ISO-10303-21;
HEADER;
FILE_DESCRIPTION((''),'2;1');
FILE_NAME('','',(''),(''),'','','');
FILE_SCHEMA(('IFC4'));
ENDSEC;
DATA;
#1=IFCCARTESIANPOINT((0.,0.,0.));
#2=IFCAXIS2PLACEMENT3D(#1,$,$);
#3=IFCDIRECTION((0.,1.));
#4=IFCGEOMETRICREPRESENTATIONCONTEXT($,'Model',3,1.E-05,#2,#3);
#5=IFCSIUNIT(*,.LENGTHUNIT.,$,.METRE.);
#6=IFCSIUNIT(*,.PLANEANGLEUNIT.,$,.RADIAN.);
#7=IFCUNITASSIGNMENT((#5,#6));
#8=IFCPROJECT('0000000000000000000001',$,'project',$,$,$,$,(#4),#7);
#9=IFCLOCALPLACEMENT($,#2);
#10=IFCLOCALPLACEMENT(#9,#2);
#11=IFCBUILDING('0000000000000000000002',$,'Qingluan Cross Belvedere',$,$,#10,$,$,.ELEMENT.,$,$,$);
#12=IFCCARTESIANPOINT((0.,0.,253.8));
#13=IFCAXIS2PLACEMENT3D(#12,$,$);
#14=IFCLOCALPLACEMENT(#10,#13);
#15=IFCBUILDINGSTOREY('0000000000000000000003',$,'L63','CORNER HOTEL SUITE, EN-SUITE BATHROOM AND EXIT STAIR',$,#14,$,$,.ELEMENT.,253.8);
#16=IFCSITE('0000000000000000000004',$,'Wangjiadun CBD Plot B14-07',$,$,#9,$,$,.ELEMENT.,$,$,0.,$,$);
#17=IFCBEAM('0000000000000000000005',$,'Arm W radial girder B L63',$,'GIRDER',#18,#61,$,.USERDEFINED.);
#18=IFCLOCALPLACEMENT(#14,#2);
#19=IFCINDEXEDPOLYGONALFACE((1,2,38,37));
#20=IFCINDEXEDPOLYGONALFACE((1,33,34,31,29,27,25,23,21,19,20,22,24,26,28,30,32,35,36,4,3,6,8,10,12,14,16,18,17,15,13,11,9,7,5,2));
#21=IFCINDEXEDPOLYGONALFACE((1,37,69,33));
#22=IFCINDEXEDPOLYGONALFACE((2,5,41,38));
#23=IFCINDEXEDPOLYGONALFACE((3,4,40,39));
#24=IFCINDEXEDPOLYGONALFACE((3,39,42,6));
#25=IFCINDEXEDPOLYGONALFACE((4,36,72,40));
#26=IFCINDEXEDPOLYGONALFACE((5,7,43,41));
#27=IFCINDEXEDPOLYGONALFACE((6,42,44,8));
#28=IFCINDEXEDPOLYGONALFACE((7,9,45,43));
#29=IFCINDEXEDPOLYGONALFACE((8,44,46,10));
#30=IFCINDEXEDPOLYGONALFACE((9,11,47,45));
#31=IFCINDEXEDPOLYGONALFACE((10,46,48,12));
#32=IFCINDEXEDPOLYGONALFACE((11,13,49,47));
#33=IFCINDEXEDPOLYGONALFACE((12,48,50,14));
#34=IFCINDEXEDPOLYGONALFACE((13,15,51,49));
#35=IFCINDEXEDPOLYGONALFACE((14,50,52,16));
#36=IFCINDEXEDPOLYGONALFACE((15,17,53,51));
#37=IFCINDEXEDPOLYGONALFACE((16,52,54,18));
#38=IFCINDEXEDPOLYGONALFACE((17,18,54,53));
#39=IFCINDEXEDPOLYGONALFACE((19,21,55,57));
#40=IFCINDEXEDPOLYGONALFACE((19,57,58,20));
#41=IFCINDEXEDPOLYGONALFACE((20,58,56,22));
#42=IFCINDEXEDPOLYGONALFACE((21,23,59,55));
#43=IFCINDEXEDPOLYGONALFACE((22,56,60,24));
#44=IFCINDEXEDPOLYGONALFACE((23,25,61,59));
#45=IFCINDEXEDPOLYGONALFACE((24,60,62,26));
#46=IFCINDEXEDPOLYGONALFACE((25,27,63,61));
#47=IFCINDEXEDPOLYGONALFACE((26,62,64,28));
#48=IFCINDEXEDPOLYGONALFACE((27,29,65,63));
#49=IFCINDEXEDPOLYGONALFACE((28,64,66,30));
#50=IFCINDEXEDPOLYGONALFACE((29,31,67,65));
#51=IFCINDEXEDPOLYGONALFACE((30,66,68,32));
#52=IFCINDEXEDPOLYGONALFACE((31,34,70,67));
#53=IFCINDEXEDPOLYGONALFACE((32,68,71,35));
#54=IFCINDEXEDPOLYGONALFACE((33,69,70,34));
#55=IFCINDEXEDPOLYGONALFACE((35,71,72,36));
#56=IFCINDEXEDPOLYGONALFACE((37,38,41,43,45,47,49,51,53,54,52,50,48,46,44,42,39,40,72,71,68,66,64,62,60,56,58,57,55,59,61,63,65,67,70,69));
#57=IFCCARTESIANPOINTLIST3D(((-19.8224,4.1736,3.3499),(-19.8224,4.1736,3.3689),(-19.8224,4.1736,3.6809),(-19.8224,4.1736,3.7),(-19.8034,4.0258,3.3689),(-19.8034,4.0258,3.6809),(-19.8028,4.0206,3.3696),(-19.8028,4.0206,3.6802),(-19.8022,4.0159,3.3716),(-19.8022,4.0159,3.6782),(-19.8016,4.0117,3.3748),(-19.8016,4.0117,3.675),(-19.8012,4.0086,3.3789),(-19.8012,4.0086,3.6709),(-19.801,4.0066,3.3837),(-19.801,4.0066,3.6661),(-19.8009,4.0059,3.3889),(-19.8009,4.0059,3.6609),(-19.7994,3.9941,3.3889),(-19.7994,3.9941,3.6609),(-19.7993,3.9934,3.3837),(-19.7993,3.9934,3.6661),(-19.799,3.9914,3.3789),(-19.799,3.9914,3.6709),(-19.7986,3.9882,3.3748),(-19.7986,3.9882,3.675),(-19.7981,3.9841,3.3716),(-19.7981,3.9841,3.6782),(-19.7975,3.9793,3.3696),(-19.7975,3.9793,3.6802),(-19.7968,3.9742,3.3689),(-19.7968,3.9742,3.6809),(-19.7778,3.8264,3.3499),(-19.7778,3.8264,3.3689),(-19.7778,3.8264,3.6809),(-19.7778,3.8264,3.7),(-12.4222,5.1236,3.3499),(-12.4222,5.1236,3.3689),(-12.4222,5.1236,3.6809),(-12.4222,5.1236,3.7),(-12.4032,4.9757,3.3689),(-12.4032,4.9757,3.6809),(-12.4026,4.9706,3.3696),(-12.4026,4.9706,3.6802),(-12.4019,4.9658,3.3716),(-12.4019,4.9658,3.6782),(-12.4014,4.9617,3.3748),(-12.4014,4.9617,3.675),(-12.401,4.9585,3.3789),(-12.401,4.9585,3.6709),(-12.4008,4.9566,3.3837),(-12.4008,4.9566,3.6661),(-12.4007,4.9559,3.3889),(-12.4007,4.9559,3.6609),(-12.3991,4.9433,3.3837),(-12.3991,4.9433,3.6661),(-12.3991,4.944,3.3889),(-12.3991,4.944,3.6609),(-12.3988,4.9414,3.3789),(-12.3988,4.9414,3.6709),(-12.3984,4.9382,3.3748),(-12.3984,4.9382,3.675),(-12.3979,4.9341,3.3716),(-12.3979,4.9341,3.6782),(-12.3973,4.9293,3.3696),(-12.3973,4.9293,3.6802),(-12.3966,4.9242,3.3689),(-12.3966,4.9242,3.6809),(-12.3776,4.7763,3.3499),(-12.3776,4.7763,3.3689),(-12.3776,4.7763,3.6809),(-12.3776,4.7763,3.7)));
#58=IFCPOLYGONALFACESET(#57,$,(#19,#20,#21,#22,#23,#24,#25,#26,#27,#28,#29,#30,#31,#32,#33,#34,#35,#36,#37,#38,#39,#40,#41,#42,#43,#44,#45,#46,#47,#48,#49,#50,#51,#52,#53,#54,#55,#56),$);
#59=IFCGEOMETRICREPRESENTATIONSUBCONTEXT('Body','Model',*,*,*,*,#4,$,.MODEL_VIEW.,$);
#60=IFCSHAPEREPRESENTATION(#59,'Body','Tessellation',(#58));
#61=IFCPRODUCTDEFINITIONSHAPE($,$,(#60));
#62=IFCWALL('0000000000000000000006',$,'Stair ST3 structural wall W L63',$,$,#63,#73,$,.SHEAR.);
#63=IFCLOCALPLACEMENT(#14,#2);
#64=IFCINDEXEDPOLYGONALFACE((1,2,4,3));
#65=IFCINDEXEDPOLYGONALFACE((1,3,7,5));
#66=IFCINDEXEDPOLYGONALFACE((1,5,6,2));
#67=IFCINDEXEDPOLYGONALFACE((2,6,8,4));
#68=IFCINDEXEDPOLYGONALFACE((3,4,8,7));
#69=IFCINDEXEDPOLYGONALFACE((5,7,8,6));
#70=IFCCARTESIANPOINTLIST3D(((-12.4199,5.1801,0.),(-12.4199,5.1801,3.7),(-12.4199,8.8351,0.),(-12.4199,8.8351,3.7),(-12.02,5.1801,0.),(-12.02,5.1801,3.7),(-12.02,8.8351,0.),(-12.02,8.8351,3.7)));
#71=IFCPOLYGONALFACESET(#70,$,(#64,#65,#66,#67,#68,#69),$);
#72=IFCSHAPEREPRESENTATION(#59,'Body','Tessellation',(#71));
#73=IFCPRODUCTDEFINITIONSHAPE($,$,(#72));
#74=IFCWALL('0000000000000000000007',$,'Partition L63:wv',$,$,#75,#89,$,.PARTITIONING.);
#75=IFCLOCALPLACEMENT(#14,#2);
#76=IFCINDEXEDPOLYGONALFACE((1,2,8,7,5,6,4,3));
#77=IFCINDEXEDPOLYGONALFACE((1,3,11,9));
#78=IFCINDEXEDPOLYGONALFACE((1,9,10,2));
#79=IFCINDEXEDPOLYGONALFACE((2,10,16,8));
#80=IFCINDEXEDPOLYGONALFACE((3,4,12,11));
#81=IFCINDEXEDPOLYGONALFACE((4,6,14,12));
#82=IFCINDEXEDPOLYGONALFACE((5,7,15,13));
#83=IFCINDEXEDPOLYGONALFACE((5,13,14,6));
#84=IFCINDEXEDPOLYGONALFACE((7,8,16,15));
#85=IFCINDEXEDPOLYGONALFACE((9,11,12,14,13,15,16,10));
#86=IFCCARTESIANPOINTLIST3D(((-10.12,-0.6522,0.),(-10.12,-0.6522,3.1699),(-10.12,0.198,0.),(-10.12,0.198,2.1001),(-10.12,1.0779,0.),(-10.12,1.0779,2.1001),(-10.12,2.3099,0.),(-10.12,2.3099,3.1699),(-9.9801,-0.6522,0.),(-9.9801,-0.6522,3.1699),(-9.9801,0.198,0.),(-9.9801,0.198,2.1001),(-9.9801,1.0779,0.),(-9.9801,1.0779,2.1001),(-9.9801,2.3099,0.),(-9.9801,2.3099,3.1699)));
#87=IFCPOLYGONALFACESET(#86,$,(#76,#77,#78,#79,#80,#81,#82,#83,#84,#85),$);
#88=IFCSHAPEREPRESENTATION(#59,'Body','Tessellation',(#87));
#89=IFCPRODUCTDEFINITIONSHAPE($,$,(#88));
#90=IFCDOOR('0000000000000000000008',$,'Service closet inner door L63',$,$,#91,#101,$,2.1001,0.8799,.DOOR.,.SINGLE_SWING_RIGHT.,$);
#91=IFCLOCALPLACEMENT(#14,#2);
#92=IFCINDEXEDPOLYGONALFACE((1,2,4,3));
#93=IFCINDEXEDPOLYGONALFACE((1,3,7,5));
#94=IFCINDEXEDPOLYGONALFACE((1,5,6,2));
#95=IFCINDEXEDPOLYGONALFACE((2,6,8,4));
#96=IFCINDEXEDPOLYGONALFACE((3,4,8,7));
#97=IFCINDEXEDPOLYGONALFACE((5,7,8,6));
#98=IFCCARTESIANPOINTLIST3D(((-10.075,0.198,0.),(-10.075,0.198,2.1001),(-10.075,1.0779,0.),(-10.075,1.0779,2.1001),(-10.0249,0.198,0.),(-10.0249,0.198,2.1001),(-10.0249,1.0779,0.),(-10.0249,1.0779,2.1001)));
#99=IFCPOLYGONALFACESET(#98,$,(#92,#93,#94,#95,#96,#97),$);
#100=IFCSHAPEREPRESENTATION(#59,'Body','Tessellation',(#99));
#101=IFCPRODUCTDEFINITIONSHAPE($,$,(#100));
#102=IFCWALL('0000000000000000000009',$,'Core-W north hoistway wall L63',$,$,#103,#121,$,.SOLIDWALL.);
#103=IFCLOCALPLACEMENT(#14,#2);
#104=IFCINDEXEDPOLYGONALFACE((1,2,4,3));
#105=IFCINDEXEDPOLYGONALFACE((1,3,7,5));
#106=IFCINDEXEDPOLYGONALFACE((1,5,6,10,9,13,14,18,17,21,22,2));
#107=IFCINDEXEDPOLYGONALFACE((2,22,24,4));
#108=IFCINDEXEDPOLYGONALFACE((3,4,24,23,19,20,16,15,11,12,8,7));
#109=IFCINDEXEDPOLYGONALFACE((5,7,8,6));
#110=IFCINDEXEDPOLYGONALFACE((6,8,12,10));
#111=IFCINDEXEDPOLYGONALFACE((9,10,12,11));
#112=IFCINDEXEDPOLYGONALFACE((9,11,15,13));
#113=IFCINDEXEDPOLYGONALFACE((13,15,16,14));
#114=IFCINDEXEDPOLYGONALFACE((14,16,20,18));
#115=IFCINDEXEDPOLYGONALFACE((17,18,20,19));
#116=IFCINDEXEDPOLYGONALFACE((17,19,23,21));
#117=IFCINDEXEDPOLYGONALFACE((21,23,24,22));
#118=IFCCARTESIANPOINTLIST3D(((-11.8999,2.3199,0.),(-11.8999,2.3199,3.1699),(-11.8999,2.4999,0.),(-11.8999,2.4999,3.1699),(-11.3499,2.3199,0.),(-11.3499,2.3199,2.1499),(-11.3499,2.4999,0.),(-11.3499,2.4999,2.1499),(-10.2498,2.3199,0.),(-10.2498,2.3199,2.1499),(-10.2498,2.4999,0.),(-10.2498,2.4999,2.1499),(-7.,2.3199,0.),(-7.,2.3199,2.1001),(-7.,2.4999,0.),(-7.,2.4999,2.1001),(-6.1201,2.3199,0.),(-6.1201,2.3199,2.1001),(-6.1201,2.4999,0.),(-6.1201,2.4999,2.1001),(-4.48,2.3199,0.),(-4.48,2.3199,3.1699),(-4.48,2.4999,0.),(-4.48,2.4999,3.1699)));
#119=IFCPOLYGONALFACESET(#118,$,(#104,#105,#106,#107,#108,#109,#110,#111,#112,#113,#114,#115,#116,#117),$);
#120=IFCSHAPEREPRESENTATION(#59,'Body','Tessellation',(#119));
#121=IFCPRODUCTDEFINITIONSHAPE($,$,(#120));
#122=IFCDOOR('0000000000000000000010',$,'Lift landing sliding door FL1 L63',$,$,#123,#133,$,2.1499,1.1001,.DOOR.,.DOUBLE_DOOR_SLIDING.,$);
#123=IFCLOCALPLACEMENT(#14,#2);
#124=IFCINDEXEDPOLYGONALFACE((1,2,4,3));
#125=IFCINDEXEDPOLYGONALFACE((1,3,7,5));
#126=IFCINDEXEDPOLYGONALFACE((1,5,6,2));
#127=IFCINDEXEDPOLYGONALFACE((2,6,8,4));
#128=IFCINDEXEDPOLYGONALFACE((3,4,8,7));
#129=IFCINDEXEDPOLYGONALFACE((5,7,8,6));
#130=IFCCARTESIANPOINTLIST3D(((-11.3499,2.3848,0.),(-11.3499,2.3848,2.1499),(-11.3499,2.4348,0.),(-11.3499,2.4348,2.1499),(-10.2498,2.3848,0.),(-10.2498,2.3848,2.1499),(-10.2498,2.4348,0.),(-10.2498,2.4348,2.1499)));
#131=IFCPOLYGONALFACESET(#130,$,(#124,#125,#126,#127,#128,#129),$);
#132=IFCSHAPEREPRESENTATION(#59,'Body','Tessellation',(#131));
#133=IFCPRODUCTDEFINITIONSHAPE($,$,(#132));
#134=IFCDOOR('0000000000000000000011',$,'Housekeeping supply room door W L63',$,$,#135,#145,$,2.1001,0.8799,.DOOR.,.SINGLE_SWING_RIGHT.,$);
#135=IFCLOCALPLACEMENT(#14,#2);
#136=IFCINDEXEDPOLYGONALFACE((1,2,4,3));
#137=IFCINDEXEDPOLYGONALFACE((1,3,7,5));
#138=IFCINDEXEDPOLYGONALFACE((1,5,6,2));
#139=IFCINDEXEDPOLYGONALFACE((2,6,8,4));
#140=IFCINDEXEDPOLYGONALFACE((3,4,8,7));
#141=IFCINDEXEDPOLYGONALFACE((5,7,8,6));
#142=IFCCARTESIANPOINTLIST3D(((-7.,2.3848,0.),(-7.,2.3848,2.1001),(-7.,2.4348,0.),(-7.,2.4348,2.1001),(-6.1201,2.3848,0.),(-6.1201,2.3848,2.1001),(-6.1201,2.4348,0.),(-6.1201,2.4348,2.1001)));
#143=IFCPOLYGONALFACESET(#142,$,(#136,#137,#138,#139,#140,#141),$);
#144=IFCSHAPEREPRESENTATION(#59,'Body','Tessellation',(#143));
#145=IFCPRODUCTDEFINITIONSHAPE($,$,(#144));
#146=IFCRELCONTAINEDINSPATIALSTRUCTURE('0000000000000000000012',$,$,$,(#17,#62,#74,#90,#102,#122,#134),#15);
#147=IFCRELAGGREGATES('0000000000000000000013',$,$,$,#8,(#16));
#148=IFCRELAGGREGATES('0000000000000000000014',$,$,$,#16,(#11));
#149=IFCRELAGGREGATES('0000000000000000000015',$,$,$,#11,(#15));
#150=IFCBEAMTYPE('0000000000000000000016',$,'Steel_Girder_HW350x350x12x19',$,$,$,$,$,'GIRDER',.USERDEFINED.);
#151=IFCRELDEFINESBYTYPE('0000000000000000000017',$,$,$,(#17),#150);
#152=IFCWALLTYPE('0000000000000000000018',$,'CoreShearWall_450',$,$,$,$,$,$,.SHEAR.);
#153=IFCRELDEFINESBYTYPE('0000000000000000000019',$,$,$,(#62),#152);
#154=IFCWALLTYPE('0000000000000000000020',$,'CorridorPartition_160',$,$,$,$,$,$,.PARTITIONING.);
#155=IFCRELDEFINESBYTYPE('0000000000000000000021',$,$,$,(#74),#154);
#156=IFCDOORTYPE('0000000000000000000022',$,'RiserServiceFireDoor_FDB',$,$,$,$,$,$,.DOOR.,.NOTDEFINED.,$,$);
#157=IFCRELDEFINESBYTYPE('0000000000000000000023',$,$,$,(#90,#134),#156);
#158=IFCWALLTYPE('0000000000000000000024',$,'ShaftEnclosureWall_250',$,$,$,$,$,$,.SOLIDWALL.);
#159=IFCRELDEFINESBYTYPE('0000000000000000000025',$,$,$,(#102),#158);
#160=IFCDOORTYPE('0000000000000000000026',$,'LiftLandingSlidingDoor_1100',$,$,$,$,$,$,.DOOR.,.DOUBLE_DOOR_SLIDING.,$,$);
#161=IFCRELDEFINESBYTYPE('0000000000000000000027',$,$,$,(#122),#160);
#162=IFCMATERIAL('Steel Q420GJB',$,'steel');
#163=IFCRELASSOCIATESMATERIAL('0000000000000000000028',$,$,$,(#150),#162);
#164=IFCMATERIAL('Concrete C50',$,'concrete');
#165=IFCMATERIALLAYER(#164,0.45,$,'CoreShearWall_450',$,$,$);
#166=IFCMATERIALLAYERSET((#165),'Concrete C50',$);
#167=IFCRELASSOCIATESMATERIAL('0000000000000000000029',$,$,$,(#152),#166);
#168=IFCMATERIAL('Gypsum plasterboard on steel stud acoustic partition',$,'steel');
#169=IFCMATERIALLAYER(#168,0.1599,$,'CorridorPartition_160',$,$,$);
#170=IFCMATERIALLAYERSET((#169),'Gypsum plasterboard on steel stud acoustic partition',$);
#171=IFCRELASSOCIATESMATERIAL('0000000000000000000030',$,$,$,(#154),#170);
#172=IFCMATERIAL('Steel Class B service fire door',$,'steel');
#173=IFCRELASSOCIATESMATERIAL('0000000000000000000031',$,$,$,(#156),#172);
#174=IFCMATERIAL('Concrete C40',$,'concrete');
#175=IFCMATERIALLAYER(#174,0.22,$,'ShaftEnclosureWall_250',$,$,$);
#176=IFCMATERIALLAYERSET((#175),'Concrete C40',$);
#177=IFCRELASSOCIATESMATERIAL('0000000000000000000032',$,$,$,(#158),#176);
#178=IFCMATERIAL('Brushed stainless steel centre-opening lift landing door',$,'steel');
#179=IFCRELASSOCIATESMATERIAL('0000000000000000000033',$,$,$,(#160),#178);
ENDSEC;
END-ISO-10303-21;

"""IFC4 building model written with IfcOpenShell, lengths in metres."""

from ifc_helpers import new_model, si_unit, direction, frame, frame_2d, origin, origin_2d, place, context, subcontext, project, spatial, rectangle, i_section, extrude, material, layer, layer_set, material_profile, profile_set, type_object, element, fill, save


model = new_model("IFC4")

# Units and contexts
model_context = context("Model", 3, precision=1e-05, world=origin(), true_north=direction((0.0, 1.0)))
body_context = subcontext(model_context, "Body", "Model", "MODEL_VIEW")
ifc_project = project(units=[si_unit("LENGTHUNIT", "METRE"), si_unit("PLANEANGLEUNIT", "RADIAN")], contexts=[model_context])

# Site, building, storey
site_placement = place(None, origin())
site = spatial("IfcSite", under=ifc_project, at=site_placement, Name="Wangjiadun CBD Plot B14-07", CompositionType="ELEMENT", RefElevation=0.0)
building_placement = place(site_placement, origin())
building = spatial("IfcBuilding", under=site, at=building_placement, Name="Qingluan Cross Belvedere", CompositionType="ELEMENT")
storey_placement = place(building_placement, frame((0.0, 0.0, 253.8)))
storey = spatial("IfcBuildingStorey", under=building, at=storey_placement, Name="L63", Description="CORNER HOTEL SUITE, EN-SUITE BATHROOM AND EXIT STAIR", CompositionType="ELEMENT", Elevation=253.8)

# Beam
ifc_material_1 = material(Name="Steel Q420GJB", Category="steel")
ifc_material_profile_1 = material_profile(ifc_material_1, i_section(OverallWidth=0.3501, OverallDepth=0.3501, WebThickness=0.012, FlangeThickness=0.019, FilletRadius=0.02, at=origin_2d()), Name="HW350x350x12x19")
ifc_profile_set_1 = profile_set([ifc_material_profile_1], Name="Steel Q420GJB")
beam_type_1 = type_object("IfcBeamType", Name="Steel_Girder_HW350x350x12x19", ElementType="GIRDER", PredefinedType="USERDEFINED", material=ifc_profile_set_1)
beam_1_placement = place(storey_placement, frame((-12.3999, 4.95, 3.5249), z_axis=(-0.991861, -0.127324, 0.0), x_axis=(0.127324, -0.991861, 0.0)))
element("IfcBeam", 1, at=beam_1_placement, inside=storey, type_object=beam_type_1, Name="Arm W radial girder B L63", ObjectType="GIRDER", PredefinedType="USERDEFINED", context=body_context, shape_type="SweptSolid", body=[
    extrude(i_section(OverallWidth=0.3501, OverallDepth=0.3501, WebThickness=0.012, FlangeThickness=0.019, FilletRadius=0.02, at=origin_2d()), origin(), (0.0, 0.0, 1.0), 7.4609),
])

# Wall
ifc_material_2 = material(Name="Concrete C50", Category="concrete")
ifc_layer_1 = layer(ifc_material_2, 0.45, Name="CoreShearWall_450")
ifc_layer_set_1 = layer_set([ifc_layer_1], Name="Concrete C50")
wall_type_1 = type_object("IfcWallType", Name="CoreShearWall_450", PredefinedType="SHEAR", material=ifc_layer_set_1)
wall_1_placement = place(storey_placement, frame((-12.22, 5.1799, 0.0), z_axis=(0.0, 0.0, 1.0), x_axis=(0.0, 1.0, 0.0)))
element("IfcWall", 2, at=wall_1_placement, inside=storey, type_object=wall_type_1, Name="Stair ST3 structural wall W L63", PredefinedType="SHEAR", context=body_context, shape_type="SweptSolid", body=[
    extrude(rectangle(XDim=3.655, YDim=0.3999, at=frame_2d((1.8276, 0.0))), origin(), (0.0, 0.0, 1.0), 3.7),
])

# Wall, opening, door
ifc_material_3 = material(Name="Gypsum plasterboard on steel stud acoustic partition", Category="steel")
ifc_layer_2 = layer(ifc_material_3, 0.1599, Name="CorridorPartition_160")
ifc_layer_set_2 = layer_set([ifc_layer_2], Name="Gypsum plasterboard on steel stud acoustic partition")
wall_type_2 = type_object("IfcWallType", Name="CorridorPartition_160", PredefinedType="PARTITIONING", material=ifc_layer_set_2)
wall_2_placement = place(storey_placement, frame((-10.05, -0.6521, 0.0), z_axis=(0.0, 0.0, 1.0), x_axis=(0.0, 1.0, 0.0)))
wall_2 = element("IfcWall", 3, at=wall_2_placement, inside=storey, type_object=wall_type_2, Name="Partition L63:wv", PredefinedType="PARTITIONING", context=body_context, shape_type="SweptSolid", body=[
    extrude(rectangle(XDim=2.9622, YDim=0.1399, at=frame_2d((1.481, 0.0))), origin(), (0.0, 0.0, 1.0), 3.1699),
])
opening_1_placement = place(wall_2_placement, frame((0.8501, 0.0, 0.0)))
opening_1 = element("IfcOpeningElement", 4, at=opening_1_placement, cuts=wall_2, PredefinedType="OPENING", context=body_context, shape_type="SweptSolid", body=[
    extrude(rectangle(XDim=0.8799, YDim=2.1001, at=frame_2d((0.4399, 1.05))), frame((0.0, 0.0798, 0.0), z_axis=(0.0, -1.0, 0.0), x_axis=(1.0, 0.0, 0.0)), (0.0, 0.0, 1.0), 0.1599),
])
ifc_material_4 = material(Name="Steel Class B service fire door", Category="steel")
door_type_1 = type_object("IfcDoorType", Name="RiserServiceFireDoor_FDB", OperationType="NOTDEFINED", PredefinedType="DOOR", material=ifc_material_4)
door_1_placement = place(opening_1_placement, origin())
door_1 = element("IfcDoor", 5, at=door_1_placement, inside=storey, type_object=door_type_1, Name="Service closet inner door L63", OperationType="SINGLE_SWING_RIGHT", OverallHeight=2.1001, OverallWidth=0.8799, PredefinedType="DOOR", context=body_context, shape_type="SweptSolid", body=[
    extrude(rectangle(XDim=0.8799, YDim=2.1001, at=frame_2d((0.4399, 1.05))), frame((0.0, 0.0249, 0.0), z_axis=(0.0, -1.0, 0.0), x_axis=(1.0, 0.0, 0.0)), (0.0, 0.0, 1.0), 0.05),
])
fill(opening_1, door_1)

# Wall, openings, doors
ifc_material_5 = material(Name="Concrete C40", Category="concrete")
ifc_layer_3 = layer(ifc_material_5, 0.22, Name="ShaftEnclosureWall_250")
ifc_layer_set_3 = layer_set([ifc_layer_3], Name="Concrete C40")
wall_type_3 = type_object("IfcWallType", Name="ShaftEnclosureWall_250", PredefinedType="SOLIDWALL", material=ifc_layer_set_3)
wall_3_placement = place(storey_placement, frame((-11.8999, 2.4099, 0.0), z_axis=(0.0, 0.0, 1.0), x_axis=(1.0, 0.0, 0.0)))
wall_3 = element("IfcWall", 6, at=wall_3_placement, inside=storey, type_object=wall_type_3, Name="Core-W north hoistway wall L63", PredefinedType="SOLIDWALL", context=body_context, shape_type="SweptSolid", body=[
    extrude(rectangle(XDim=7.4199, YDim=0.1799, at=frame_2d((3.71, 0.0))), origin(), (0.0, 0.0, 1.0), 3.1699),
])
opening_2_placement = place(wall_3_placement, frame((0.55, 0.0, 0.0)))
opening_2 = element("IfcOpeningElement", 7, at=opening_2_placement, cuts=wall_3, PredefinedType="OPENING", context=body_context, shape_type="SweptSolid", body=[
    extrude(rectangle(XDim=1.1001, YDim=2.1499, at=frame_2d((0.55, 1.075))), frame((0.0, 0.0999, 0.0), z_axis=(0.0, -1.0, 0.0), x_axis=(1.0, 0.0, 0.0)), (0.0, 0.0, 1.0), 0.2),
])
opening_3_placement = place(wall_3_placement, frame((4.8999, 0.0, 0.0)))
opening_3 = element("IfcOpeningElement", 8, at=opening_3_placement, cuts=wall_3, PredefinedType="OPENING", context=body_context, shape_type="SweptSolid", body=[
    extrude(rectangle(XDim=0.8799, YDim=2.1001, at=frame_2d((0.4399, 1.05))), frame((0.0, 0.0999, 0.0), z_axis=(0.0, -1.0, 0.0), x_axis=(1.0, 0.0, 0.0)), (0.0, 0.0, 1.0), 0.2),
])
ifc_material_6 = material(Name="Brushed stainless steel centre-opening lift landing door", Category="steel")
door_type_2 = type_object("IfcDoorType", Name="LiftLandingSlidingDoor_1100", OperationType="DOUBLE_DOOR_SLIDING", PredefinedType="DOOR", material=ifc_material_6)
door_2_placement = place(opening_2_placement, origin())
door_2 = element("IfcDoor", 9, at=door_2_placement, inside=storey, type_object=door_type_2, Name="Lift landing sliding door FL1 L63", OperationType="DOUBLE_DOOR_SLIDING", OverallHeight=2.1499, OverallWidth=1.1001, PredefinedType="DOOR", context=body_context, shape_type="SweptSolid", body=[
    extrude(rectangle(XDim=1.1001, YDim=2.1499, at=frame_2d((0.55, 1.075))), frame((0.0, 0.0249, 0.0), z_axis=(0.0, -1.0, 0.0), x_axis=(1.0, 0.0, 0.0)), (0.0, 0.0, 1.0), 0.05),
])
fill(opening_2, door_2)
door_3_placement = place(opening_3_placement, origin())
door_3 = element("IfcDoor", 10, at=door_3_placement, inside=storey, type_object=door_type_1, Name="Housekeeping supply room door W L63", OperationType="SINGLE_SWING_RIGHT", OverallHeight=2.1001, OverallWidth=0.8799, PredefinedType="DOOR", context=body_context, shape_type="SweptSolid", body=[
    extrude(rectangle(XDim=0.8799, YDim=2.1001, at=frame_2d((0.4399, 1.05))), frame((0.0, 0.0249, 0.0), z_axis=(0.0, -1.0, 0.0), x_axis=(1.0, 0.0, 0.0)), (0.0, 0.0, 1.0), 0.05),
])
fill(opening_3, door_3)

save(model, "model.ifc")
